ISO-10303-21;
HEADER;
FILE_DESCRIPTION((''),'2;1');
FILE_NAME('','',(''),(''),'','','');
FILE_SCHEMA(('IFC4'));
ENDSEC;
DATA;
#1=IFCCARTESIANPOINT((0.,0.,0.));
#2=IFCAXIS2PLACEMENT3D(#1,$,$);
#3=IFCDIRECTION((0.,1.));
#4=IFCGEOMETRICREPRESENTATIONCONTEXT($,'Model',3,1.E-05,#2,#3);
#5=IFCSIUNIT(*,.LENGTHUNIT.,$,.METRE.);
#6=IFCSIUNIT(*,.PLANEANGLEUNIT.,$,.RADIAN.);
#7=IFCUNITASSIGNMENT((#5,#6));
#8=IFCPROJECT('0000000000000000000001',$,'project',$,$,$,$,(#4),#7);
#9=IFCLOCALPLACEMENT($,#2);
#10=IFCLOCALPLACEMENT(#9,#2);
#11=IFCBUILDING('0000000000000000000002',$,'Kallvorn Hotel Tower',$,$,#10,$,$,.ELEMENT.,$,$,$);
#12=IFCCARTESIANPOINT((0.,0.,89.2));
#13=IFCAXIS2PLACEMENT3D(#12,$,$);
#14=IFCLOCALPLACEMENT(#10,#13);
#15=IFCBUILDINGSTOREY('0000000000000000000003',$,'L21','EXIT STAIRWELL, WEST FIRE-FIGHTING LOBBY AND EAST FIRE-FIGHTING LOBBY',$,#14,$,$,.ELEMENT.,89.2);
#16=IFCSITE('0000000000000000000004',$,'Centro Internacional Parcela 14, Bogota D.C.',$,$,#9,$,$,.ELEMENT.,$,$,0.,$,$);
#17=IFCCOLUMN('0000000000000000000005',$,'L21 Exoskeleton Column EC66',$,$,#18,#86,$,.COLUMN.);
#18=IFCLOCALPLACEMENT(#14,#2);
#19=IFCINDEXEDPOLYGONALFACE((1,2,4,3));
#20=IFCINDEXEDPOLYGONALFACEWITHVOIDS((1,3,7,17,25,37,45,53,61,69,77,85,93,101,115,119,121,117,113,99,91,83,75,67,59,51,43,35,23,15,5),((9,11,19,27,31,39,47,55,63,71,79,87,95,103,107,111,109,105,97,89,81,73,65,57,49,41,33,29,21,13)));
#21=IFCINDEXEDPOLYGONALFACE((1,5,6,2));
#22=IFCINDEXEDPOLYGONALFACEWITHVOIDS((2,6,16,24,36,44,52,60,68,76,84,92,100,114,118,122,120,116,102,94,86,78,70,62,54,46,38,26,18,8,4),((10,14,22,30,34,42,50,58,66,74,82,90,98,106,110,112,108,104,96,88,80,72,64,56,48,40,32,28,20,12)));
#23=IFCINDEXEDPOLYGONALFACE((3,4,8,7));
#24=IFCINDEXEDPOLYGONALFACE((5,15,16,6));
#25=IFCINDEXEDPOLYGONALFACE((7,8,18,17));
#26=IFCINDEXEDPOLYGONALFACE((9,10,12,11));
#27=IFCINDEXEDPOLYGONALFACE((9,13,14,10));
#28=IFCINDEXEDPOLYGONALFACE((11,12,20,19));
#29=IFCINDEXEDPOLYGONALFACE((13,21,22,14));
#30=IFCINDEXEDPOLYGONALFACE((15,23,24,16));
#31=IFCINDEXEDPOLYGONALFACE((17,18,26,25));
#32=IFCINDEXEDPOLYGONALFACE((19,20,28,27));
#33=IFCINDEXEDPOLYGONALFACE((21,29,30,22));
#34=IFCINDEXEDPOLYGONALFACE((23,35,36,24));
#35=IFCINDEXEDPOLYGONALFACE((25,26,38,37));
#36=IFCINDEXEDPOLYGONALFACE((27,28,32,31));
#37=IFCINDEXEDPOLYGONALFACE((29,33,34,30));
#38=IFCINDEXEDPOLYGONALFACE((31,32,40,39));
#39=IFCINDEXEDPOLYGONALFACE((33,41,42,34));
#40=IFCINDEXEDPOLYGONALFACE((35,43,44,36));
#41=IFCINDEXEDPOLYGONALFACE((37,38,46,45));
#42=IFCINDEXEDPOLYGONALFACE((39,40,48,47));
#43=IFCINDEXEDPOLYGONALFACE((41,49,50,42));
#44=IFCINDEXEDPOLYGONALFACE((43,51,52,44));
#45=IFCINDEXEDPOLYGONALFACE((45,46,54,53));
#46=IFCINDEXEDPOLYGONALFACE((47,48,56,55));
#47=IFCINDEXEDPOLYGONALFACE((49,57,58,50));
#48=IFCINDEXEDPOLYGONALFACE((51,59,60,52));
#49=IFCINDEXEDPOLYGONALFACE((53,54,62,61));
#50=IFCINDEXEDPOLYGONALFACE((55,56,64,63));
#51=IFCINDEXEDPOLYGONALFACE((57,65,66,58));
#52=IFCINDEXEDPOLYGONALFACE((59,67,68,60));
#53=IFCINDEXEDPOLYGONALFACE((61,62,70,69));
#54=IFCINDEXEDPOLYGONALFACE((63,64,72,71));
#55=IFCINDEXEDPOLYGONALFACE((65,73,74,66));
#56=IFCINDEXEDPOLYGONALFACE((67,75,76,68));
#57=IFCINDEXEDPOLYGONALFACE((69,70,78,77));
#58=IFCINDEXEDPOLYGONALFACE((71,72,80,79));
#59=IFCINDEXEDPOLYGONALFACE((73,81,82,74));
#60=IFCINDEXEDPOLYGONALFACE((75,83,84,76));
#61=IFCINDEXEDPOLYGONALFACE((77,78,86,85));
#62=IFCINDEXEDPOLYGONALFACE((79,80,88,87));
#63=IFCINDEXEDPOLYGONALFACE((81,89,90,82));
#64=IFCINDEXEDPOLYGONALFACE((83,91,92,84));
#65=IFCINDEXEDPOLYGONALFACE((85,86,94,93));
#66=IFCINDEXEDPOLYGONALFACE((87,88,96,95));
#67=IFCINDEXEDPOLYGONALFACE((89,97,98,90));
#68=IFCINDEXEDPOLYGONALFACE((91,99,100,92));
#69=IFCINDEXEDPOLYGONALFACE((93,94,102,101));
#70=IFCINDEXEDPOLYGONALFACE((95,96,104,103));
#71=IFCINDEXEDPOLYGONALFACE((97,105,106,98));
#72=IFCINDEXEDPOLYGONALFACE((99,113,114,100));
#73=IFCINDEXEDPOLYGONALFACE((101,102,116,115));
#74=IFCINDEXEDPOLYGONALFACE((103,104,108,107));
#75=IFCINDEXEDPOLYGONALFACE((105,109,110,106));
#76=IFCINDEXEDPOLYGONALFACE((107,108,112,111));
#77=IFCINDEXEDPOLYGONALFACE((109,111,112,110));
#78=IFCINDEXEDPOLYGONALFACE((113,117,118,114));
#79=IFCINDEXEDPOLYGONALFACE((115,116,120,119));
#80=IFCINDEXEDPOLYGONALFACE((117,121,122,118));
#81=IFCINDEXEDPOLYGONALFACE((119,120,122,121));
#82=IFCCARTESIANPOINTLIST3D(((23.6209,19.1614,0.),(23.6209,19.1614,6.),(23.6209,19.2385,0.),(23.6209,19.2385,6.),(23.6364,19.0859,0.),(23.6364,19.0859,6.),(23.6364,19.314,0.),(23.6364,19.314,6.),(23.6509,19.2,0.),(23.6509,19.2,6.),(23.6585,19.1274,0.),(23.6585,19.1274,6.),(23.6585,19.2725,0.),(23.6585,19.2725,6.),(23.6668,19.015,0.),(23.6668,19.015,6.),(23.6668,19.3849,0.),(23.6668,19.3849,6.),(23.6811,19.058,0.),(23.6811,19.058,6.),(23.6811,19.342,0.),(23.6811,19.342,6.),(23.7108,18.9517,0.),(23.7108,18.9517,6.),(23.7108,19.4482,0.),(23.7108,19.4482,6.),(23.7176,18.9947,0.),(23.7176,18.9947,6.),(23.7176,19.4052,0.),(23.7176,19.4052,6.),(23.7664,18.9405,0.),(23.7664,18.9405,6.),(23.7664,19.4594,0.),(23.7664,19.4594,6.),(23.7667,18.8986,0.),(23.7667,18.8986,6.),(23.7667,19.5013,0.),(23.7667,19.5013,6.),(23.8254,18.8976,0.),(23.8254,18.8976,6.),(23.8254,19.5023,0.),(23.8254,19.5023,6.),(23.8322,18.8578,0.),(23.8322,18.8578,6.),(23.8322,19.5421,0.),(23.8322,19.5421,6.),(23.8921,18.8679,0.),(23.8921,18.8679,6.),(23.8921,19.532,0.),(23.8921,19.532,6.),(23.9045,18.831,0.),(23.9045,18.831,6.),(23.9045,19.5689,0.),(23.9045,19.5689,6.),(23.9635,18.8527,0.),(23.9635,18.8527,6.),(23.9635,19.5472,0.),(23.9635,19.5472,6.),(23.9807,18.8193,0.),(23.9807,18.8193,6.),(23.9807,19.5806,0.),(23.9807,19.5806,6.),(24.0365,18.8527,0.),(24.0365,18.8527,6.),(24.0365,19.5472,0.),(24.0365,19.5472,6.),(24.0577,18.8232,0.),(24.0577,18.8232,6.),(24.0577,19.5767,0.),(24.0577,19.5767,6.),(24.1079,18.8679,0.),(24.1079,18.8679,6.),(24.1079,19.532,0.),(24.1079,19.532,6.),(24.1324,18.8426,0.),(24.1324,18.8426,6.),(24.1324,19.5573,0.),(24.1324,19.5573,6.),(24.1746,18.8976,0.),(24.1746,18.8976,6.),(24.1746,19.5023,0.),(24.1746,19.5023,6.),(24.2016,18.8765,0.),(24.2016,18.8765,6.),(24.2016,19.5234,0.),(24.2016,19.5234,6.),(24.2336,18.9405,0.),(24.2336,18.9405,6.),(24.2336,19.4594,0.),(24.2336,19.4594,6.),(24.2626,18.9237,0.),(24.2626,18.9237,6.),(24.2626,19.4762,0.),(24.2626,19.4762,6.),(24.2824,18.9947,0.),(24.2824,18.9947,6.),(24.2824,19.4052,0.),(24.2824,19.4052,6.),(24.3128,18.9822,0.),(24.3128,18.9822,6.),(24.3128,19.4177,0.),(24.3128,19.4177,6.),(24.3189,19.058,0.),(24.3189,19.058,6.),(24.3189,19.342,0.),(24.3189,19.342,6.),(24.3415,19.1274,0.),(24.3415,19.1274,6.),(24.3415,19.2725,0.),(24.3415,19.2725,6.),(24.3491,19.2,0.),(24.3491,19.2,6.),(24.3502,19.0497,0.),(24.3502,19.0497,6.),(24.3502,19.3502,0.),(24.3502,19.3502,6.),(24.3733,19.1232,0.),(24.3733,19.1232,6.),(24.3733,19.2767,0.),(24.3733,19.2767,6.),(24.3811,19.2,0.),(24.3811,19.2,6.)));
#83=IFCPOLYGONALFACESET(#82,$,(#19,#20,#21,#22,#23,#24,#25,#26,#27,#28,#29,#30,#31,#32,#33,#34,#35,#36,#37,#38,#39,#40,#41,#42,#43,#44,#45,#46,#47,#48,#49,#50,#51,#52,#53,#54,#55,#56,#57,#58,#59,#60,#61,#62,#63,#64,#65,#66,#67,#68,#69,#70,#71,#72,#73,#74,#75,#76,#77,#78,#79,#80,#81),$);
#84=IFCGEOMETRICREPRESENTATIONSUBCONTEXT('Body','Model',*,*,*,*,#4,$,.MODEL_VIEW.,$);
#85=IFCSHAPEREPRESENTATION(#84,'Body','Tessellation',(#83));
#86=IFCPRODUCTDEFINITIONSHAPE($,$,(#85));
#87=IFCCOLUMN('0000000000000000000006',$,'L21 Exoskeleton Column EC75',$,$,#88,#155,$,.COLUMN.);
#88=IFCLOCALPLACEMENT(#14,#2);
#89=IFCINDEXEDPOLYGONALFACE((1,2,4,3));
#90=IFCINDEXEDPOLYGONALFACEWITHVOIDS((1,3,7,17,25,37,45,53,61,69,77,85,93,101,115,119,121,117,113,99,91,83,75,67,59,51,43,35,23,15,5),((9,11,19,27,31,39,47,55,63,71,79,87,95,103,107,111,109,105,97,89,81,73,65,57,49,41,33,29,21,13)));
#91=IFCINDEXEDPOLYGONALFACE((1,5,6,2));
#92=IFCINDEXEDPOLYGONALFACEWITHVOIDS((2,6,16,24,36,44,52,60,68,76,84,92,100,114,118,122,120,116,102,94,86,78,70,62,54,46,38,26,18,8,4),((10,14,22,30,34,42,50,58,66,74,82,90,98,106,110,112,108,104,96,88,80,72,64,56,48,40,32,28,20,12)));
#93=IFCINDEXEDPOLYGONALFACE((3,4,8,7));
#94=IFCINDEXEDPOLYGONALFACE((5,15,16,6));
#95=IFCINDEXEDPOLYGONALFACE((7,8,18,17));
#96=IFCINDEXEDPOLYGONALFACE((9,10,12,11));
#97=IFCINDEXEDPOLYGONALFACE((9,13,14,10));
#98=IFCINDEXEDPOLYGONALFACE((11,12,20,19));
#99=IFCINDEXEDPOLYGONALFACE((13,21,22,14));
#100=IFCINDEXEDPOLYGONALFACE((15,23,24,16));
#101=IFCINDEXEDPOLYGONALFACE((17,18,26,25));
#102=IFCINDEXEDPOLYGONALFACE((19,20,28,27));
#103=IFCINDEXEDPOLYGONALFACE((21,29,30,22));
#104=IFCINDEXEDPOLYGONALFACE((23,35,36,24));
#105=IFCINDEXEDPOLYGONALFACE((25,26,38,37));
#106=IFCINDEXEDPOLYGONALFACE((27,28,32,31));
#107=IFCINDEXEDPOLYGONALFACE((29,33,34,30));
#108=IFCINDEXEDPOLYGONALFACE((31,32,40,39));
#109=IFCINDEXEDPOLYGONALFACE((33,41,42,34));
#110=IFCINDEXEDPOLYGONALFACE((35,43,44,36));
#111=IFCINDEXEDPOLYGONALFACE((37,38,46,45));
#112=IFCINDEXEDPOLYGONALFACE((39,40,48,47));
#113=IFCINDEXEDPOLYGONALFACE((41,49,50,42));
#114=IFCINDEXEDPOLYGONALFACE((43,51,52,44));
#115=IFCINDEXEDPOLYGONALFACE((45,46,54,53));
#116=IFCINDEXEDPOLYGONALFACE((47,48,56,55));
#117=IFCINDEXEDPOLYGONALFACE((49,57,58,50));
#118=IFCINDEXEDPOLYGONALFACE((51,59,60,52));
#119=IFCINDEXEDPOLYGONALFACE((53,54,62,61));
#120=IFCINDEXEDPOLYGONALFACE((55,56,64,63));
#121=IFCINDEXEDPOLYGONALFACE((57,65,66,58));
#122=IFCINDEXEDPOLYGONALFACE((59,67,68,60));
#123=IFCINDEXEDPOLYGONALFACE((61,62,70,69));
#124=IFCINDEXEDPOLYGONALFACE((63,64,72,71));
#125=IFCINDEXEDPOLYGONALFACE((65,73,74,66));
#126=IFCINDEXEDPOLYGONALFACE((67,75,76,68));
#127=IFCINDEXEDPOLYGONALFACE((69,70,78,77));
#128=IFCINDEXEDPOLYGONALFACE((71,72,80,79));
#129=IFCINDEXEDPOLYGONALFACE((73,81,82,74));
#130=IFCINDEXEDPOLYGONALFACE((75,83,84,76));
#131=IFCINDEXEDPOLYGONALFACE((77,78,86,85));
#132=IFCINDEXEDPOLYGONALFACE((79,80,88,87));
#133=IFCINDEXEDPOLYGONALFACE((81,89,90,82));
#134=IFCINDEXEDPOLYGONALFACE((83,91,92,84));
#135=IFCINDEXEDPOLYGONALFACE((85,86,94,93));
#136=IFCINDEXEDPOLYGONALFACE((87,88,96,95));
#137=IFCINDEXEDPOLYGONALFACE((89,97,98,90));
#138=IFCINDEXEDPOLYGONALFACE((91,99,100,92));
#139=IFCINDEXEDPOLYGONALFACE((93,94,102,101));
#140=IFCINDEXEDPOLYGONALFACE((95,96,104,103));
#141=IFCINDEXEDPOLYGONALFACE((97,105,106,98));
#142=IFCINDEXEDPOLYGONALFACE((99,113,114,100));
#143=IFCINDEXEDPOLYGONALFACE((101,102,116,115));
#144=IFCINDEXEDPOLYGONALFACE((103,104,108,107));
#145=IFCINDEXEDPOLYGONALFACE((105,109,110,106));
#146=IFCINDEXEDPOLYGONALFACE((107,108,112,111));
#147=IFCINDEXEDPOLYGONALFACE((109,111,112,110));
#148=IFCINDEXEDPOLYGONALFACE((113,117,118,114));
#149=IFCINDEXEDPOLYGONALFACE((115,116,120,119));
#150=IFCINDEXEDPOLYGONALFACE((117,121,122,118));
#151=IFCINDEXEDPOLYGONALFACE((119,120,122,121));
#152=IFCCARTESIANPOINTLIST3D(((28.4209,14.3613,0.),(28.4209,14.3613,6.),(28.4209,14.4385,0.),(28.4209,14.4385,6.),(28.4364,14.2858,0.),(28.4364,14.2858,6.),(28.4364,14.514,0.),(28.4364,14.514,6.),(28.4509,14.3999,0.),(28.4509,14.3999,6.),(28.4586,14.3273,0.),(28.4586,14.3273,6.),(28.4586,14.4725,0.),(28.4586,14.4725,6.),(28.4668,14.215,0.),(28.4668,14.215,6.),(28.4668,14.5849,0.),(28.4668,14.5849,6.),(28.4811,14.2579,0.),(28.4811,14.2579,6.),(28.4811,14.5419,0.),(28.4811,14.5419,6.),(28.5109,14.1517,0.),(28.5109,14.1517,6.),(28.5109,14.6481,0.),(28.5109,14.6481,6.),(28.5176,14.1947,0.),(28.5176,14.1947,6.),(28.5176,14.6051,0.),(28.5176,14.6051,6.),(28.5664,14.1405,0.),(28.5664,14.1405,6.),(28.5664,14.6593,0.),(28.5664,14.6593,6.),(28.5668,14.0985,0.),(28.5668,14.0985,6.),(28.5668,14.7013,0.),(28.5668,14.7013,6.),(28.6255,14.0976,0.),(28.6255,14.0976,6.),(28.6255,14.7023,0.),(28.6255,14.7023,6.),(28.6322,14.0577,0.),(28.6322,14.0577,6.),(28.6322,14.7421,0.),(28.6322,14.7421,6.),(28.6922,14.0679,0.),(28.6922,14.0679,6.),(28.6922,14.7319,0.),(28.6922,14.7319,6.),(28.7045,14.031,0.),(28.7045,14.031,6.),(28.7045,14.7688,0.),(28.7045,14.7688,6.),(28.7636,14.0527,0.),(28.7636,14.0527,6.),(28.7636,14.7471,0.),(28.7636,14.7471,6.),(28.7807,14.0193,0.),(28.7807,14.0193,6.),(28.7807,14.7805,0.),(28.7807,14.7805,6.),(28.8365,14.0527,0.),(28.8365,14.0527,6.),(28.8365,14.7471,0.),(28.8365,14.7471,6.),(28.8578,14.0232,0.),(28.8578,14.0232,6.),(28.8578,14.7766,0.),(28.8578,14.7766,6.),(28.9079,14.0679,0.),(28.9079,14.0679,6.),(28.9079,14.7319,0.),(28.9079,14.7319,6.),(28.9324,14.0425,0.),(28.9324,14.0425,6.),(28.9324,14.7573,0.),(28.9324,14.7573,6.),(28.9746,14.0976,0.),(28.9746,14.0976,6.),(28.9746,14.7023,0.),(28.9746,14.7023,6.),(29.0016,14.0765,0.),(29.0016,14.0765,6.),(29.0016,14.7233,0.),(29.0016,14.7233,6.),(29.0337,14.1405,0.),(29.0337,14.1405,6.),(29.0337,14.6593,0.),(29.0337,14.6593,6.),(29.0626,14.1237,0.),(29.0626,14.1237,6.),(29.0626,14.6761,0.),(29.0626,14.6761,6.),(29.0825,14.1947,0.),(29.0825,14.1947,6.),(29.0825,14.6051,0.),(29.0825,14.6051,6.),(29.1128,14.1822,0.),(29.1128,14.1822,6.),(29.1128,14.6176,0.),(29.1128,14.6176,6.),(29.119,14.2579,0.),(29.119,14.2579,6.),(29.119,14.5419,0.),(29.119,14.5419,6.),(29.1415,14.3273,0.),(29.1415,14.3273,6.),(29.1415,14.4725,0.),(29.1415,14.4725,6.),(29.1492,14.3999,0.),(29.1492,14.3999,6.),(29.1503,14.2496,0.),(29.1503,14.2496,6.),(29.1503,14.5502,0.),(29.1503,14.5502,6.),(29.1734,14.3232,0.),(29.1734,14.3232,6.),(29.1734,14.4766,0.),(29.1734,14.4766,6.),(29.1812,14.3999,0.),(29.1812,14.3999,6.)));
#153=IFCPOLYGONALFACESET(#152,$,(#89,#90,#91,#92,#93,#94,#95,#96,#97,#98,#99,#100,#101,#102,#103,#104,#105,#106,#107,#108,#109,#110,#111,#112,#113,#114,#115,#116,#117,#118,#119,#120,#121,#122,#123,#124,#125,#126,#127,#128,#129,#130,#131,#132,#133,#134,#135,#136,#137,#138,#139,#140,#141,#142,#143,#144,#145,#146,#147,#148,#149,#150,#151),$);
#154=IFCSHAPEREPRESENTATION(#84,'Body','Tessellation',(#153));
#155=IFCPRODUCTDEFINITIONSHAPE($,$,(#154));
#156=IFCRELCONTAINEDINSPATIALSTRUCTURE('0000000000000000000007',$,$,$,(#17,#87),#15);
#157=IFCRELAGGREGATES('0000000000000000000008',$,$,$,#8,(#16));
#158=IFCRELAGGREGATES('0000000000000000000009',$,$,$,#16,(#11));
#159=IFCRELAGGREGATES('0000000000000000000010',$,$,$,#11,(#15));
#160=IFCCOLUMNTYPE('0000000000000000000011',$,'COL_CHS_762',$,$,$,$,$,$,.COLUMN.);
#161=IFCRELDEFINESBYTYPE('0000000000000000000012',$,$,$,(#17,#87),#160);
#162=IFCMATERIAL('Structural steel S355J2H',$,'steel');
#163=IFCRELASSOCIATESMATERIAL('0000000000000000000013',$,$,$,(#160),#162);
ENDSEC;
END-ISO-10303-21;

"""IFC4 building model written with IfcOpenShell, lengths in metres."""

from ifc_helpers import new_model, si_unit, direction, frame, origin, origin_2d, place, context, subcontext, project, spatial, hollow_circle, extrude, material, material_profile, profile_set, type_object, element, save


model = new_model("IFC4")

# Units and contexts
model_context = context("Model", 3, precision=1e-05, world=origin(), true_north=direction((0.0, 1.0)))
body_context = subcontext(model_context, "Body", "Model", "MODEL_VIEW")
ifc_project = project(units=[si_unit("LENGTHUNIT", "METRE"), si_unit("PLANEANGLEUNIT", "RADIAN")], contexts=[model_context])

# Site, building, storey
site_placement = place(None, origin())
site = spatial("IfcSite", under=ifc_project, at=site_placement, Name="Centro Internacional Parcela 14, Bogota D.C.", CompositionType="ELEMENT", RefElevation=0.0)
building_placement = place(site_placement, origin())
building = spatial("IfcBuilding", under=site, at=building_placement, Name="Kallvorn Hotel Tower", CompositionType="ELEMENT")
storey_placement = place(building_placement, frame((0.0, 0.0, 89.2)))
storey = spatial("IfcBuildingStorey", under=building, at=storey_placement, Name="L21", Description="EXIT STAIRWELL, WEST FIRE-FIGHTING LOBBY AND EAST FIRE-FIGHTING LOBBY", CompositionType="ELEMENT", Elevation=89.2)

# Columns
ifc_material_1 = material(Name="Structural steel S355J2H", Category="steel")
ifc_material_profile_1 = material_profile(ifc_material_1, hollow_circle(Radius=0.3811, WallThickness=0.032, at=origin_2d()), Name="CHS 762x32")
ifc_profile_set_1 = profile_set([ifc_material_profile_1], Name="Structural steel S355J2H")
column_type_1 = type_object("IfcColumnType", Name="COL_CHS_762", PredefinedType="COLUMN", material=ifc_profile_set_1)
for number, where, z_axis, x_axis, name in (
    (1, (24.0, 19.2, 0.0), (0.0, 0.0, 1.0), (1.0, 0.0, 0.0), "L21 Exoskeleton Column EC66"),
    (2, (28.8, 14.3999, 0.0), (0.0, 0.0, 1.0), (1.0, 0.0, 0.0), "L21 Exoskeleton Column EC75"),
):
    element("IfcColumn", number, at=place(storey_placement, frame(where, z_axis=z_axis, x_axis=x_axis)), inside=storey, type_object=column_type_1, Name=name, PredefinedType="COLUMN", context=body_context, shape_type="SweptSolid", body=[
        extrude(hollow_circle(Radius=0.3811, WallThickness=0.032, at=origin_2d()), origin(), (0.0, 0.0, 1.0), 6.0),
    ])

save(model, "model.ifc")
